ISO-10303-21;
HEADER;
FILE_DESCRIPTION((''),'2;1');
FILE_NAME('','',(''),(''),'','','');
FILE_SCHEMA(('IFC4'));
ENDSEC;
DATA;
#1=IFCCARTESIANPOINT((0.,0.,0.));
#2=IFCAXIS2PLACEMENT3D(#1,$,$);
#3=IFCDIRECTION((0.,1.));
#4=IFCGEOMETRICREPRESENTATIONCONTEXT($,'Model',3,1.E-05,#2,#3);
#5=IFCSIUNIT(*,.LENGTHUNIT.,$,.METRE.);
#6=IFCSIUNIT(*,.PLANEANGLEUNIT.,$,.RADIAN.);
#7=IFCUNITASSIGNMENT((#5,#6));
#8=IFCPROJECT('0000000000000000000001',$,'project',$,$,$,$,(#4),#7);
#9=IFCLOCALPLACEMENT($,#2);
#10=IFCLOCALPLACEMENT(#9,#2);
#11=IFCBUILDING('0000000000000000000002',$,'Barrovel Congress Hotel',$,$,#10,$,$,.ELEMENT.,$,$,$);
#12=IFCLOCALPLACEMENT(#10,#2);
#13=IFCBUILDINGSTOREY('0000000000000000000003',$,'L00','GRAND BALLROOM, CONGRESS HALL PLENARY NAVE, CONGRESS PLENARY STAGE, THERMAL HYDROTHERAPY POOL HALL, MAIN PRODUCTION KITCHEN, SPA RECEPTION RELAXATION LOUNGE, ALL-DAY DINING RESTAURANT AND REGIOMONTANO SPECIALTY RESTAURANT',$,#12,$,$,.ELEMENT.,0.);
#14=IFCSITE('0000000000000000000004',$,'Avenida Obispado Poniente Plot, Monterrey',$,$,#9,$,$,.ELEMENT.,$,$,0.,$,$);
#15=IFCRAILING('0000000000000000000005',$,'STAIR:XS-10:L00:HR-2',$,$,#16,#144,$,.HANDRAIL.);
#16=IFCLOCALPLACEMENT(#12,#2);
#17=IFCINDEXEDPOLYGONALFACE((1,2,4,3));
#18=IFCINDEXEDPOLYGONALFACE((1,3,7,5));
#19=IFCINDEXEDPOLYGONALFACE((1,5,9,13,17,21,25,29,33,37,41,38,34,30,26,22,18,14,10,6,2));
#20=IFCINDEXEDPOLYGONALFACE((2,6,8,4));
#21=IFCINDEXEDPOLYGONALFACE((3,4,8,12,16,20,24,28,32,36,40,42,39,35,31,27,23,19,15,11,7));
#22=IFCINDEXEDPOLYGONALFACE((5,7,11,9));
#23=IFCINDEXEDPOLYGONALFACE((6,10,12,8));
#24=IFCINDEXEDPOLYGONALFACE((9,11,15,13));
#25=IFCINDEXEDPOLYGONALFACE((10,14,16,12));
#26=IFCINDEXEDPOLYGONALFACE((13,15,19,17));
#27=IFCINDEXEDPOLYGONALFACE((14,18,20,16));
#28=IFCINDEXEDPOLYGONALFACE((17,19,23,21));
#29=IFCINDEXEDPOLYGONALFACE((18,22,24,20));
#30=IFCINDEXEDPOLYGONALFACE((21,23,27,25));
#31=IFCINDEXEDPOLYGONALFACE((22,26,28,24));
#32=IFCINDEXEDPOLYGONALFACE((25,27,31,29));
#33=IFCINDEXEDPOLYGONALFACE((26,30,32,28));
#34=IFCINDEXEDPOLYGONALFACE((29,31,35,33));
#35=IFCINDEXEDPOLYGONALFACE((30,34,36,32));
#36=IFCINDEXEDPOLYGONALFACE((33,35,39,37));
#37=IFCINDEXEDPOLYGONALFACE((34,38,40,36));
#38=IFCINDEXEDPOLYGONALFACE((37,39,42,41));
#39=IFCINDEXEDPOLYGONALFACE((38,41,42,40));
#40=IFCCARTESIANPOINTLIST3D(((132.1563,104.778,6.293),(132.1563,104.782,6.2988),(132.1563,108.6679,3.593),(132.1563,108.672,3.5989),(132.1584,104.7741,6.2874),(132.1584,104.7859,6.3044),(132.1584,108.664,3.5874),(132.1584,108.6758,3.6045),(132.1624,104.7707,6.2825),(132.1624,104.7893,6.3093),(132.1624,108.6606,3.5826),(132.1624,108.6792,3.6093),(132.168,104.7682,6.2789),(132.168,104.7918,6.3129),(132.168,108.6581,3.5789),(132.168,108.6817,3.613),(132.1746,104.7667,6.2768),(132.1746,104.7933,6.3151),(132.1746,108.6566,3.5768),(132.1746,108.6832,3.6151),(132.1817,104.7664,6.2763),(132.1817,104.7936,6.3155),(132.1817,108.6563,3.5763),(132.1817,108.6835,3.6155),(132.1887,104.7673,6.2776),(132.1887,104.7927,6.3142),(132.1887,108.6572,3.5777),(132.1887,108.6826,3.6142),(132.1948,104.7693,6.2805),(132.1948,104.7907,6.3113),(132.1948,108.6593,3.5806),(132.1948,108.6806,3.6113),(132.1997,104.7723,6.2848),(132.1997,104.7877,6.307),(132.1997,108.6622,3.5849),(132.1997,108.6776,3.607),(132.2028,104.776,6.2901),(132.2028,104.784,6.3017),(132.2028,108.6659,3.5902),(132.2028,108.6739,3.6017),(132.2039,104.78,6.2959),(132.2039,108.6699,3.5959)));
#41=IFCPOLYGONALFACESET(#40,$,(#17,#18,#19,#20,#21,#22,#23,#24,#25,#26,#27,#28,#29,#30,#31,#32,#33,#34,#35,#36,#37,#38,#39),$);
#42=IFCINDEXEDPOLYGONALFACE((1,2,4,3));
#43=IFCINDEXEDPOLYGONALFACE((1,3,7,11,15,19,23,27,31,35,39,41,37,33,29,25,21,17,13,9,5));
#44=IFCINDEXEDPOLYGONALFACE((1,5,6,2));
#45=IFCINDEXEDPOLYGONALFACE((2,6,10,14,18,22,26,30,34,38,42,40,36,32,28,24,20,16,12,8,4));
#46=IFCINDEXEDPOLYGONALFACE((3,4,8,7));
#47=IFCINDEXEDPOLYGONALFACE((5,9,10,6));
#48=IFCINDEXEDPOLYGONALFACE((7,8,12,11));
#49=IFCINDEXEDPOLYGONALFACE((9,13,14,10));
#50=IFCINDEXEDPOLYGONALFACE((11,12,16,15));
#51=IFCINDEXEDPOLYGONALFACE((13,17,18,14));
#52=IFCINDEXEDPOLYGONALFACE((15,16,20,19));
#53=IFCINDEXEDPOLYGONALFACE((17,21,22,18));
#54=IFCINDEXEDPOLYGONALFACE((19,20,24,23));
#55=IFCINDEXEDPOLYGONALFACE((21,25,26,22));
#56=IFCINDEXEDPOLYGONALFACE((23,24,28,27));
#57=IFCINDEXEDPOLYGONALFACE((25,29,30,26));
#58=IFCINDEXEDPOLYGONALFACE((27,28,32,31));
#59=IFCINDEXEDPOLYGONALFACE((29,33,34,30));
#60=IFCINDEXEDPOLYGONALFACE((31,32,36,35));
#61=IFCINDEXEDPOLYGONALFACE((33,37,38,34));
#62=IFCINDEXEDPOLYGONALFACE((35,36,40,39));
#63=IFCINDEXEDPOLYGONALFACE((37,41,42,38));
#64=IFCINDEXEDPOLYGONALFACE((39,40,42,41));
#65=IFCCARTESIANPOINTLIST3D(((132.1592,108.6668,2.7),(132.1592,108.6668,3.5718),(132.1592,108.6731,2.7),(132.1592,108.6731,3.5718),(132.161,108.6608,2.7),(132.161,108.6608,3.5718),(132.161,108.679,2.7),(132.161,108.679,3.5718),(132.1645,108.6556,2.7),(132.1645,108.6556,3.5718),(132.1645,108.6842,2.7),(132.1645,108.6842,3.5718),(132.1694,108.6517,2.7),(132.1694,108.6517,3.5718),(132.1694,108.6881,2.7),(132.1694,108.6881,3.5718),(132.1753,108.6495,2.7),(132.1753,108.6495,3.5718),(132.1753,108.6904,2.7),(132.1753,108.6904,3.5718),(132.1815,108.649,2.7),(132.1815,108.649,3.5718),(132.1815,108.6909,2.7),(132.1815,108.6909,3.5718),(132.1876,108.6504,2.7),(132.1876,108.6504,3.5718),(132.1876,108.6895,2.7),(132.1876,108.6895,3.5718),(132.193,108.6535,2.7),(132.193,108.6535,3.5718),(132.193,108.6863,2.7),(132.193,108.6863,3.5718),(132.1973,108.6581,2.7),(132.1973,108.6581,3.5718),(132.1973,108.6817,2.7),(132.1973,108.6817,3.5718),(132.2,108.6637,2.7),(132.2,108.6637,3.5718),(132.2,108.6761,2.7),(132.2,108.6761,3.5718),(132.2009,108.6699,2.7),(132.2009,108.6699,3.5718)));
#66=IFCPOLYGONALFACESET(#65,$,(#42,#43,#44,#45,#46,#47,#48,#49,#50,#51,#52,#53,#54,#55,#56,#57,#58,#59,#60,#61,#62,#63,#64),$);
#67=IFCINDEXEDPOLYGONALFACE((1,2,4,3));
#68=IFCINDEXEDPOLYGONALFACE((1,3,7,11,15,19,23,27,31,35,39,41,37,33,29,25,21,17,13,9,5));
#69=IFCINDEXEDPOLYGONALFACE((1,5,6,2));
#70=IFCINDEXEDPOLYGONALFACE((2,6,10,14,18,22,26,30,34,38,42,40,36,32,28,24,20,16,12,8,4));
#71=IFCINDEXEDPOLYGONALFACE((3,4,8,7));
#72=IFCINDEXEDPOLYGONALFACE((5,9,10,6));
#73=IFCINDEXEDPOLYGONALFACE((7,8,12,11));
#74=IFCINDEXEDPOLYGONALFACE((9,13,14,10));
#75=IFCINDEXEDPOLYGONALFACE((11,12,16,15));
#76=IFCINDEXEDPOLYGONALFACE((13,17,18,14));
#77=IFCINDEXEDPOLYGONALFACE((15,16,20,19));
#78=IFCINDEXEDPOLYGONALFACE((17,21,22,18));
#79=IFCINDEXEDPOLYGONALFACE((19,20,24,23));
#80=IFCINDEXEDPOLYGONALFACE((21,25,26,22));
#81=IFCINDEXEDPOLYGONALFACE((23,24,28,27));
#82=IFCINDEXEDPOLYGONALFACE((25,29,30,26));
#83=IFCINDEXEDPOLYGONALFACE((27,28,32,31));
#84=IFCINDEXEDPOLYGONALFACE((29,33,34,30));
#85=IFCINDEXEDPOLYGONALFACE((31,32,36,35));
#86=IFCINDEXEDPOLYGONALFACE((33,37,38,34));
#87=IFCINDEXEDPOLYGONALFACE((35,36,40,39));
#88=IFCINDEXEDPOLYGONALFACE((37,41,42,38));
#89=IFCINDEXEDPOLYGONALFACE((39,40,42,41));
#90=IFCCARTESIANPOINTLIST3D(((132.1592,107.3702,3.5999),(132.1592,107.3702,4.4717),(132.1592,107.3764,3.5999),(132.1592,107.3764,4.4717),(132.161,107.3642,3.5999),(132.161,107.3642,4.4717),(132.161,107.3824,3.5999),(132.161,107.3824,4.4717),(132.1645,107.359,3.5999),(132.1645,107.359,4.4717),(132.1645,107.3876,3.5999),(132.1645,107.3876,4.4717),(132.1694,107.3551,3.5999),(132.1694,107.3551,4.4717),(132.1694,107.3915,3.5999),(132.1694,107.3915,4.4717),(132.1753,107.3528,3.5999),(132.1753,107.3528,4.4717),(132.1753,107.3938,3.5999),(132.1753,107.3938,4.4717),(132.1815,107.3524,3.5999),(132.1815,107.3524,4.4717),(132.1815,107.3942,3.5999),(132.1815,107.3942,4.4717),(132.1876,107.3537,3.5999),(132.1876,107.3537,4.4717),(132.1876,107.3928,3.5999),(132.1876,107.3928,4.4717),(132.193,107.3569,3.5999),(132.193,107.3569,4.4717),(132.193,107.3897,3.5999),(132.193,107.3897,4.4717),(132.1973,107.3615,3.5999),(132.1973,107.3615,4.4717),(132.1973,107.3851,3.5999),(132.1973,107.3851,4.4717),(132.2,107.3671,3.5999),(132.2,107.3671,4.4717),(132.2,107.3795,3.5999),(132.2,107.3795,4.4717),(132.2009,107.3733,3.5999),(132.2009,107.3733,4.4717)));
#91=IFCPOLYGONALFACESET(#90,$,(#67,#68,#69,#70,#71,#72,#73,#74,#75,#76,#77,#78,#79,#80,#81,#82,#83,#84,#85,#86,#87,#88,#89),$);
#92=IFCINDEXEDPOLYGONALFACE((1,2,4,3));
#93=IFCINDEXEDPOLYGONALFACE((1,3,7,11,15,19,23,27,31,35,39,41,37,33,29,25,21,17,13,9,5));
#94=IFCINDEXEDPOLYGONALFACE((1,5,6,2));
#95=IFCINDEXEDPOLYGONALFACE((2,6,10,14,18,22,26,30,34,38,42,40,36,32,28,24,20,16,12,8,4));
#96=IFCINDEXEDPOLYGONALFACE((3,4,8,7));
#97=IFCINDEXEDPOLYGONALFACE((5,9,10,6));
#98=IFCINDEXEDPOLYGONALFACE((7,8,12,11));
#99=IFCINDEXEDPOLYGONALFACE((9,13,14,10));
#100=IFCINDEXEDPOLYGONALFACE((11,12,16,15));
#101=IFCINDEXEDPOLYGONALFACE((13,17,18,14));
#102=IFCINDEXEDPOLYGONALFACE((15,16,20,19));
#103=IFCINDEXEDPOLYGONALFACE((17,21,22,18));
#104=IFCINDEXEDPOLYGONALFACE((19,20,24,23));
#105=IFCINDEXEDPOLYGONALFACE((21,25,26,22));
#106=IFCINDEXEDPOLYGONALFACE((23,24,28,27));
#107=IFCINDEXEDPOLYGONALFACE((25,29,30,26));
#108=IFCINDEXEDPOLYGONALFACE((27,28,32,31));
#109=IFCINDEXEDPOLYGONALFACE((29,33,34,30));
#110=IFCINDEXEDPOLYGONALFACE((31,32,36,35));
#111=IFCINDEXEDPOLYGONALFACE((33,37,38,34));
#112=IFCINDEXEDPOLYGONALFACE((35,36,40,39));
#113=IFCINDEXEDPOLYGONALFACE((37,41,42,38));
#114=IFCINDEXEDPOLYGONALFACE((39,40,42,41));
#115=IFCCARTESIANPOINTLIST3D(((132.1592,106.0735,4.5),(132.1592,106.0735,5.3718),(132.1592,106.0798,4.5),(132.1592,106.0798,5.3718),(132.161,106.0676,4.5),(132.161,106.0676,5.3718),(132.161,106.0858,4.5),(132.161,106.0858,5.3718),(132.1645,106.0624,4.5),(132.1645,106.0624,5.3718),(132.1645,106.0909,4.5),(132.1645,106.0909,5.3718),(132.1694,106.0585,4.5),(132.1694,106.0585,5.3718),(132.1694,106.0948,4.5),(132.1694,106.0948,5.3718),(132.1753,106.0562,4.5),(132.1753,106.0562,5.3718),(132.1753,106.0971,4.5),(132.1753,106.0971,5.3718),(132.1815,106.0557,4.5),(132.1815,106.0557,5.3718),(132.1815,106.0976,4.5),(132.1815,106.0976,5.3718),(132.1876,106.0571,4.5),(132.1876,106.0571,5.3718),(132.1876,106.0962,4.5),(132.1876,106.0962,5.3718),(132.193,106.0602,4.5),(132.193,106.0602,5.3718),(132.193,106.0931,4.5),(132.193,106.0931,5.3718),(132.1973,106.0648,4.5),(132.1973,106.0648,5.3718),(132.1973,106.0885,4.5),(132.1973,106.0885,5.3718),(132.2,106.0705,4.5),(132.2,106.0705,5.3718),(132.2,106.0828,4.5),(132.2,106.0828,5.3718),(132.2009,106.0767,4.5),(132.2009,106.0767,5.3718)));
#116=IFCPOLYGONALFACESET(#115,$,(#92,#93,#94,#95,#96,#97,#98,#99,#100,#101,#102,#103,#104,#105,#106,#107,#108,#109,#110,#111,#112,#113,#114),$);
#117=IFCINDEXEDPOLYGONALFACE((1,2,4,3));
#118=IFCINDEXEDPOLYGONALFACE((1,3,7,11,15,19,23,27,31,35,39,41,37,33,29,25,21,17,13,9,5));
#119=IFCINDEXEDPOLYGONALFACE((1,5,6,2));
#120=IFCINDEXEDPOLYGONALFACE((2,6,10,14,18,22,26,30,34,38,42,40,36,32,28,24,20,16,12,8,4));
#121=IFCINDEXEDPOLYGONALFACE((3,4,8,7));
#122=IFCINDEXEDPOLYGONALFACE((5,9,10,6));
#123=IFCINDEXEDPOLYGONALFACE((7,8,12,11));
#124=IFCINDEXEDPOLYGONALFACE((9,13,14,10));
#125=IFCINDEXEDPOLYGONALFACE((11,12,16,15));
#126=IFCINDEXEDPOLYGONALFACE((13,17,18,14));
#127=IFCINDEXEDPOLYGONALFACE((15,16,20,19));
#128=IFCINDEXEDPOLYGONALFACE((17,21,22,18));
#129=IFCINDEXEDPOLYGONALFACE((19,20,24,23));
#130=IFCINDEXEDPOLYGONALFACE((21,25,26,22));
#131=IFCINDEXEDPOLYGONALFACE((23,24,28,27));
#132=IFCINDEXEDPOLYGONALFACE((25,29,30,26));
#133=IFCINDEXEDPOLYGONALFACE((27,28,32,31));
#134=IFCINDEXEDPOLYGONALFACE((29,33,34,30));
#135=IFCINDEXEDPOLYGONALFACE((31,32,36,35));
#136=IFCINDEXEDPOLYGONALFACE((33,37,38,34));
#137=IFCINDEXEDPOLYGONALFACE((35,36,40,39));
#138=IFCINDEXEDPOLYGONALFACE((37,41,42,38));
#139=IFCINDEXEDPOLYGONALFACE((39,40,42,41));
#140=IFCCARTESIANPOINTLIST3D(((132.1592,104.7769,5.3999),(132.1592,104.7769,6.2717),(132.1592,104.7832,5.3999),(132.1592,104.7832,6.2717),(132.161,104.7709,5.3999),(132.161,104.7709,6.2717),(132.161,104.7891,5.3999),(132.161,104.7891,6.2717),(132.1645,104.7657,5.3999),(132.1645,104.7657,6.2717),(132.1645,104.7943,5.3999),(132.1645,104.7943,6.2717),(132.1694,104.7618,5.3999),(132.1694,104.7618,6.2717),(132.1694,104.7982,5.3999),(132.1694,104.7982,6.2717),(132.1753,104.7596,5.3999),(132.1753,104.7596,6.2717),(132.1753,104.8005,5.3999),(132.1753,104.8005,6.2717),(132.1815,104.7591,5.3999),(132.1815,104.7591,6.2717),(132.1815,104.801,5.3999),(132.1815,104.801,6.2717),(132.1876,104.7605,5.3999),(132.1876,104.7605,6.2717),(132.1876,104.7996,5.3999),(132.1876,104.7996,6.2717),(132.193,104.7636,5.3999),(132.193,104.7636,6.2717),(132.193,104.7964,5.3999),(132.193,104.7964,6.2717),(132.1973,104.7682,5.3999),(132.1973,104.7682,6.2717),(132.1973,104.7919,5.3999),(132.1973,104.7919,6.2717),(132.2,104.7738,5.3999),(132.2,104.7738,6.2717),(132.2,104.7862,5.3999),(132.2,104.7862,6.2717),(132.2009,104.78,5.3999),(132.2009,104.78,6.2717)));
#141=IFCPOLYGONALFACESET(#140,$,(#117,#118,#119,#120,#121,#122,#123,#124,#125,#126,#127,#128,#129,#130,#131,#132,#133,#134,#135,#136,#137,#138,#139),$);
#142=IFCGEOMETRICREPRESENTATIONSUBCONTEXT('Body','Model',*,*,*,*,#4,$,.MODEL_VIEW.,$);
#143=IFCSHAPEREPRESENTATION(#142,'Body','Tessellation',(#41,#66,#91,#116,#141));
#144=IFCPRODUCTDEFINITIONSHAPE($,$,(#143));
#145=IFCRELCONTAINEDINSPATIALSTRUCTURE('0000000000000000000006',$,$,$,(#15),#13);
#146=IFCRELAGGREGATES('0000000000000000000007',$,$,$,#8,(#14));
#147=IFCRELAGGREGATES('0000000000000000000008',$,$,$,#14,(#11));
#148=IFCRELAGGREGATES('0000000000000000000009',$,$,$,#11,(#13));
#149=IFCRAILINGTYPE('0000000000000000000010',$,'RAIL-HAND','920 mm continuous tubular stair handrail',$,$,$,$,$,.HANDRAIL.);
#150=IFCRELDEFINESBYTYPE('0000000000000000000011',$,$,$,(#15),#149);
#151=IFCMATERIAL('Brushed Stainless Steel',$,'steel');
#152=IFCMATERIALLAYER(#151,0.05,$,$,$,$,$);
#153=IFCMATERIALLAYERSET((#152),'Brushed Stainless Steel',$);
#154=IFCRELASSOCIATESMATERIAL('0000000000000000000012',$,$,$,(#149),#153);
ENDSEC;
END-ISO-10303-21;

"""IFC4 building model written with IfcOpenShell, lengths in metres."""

from ifc_helpers import new_model, si_unit, direction, frame, origin, origin_2d, place, context, subcontext, project, spatial, circle, extrude, material, layer, layer_set, type_object, element, save


model = new_model("IFC4")

# Units and contexts
model_context = context("Model", 3, precision=1e-05, world=origin(), true_north=direction((0.0, 1.0)))
body_context = subcontext(model_context, "Body", "Model", "MODEL_VIEW")
ifc_project = project(units=[si_unit("LENGTHUNIT", "METRE"), si_unit("PLANEANGLEUNIT", "RADIAN")], contexts=[model_context])

# Site, building, storey
site_placement = place(None, origin())
site = spatial("IfcSite", under=ifc_project, at=site_placement, Name="Avenida Obispado Poniente Plot, Monterrey", CompositionType="ELEMENT", RefElevation=0.0)
building_placement = place(site_placement, origin())
building = spatial("IfcBuilding", under=site, at=building_placement, Name="Barrovel Congress Hotel", CompositionType="ELEMENT")
storey_placement = place(building_placement, origin())
storey = spatial("IfcBuildingStorey", under=building, at=storey_placement, Name="L00", Description="GRAND BALLROOM, CONGRESS HALL PLENARY NAVE, CONGRESS PLENARY STAGE, THERMAL HYDROTHERAPY POOL HALL, MAIN PRODUCTION KITCHEN, SPA RECEPTION RELAXATION LOUNGE, ALL-DAY DINING RESTAURANT AND REGIOMONTANO SPECIALTY RESTAURANT", CompositionType="ELEMENT", Elevation=0.0)

# Railing
ifc_material_1 = material(Name="Brushed Stainless Steel", Category="steel")
ifc_layer_1 = layer(ifc_material_1, 0.05)
ifc_layer_set_1 = layer_set([ifc_layer_1], Name="Brushed Stainless Steel")
railing_type = type_object("IfcRailingType", Name="RAIL-HAND", Description="920 mm continuous tubular stair handrail", PredefinedType="HANDRAIL", material=ifc_layer_set_1)
railing_placement = place(storey_placement, frame((132.1799, 108.6699, 2.7)))
element("IfcRailing", 1, at=railing_placement, inside=storey, type_object=railing_type, Name="STAIR:XS-10:L00:HR-2", PredefinedType="HANDRAIL", context=body_context, shape_type="SweptSolid", body=[
    extrude(circle(Radius=0.0239, at=origin_2d()), frame((0.0, 0.0, 0.896), z_axis=(0.0, -0.821505, 0.570202), x_axis=(1.0, 0.0, 0.0)), (0.0, 0.0, 1.0), 4.7351),
    extrude(circle(Radius=0.021, at=origin_2d()), origin(), (0.0, 0.0, 1.0), 0.8718),
    extrude(circle(Radius=0.021, at=origin_2d()), frame((0.0, -1.2966, 0.8999)), (0.0, 0.0, 1.0), 0.8718),
    extrude(circle(Radius=0.021, at=origin_2d()), frame((0.0, -2.5933, 1.8)), (0.0, 0.0, 1.0), 0.8718),
    extrude(circle(Radius=0.021, at=origin_2d()), frame((0.0, -3.8899, 2.7)), (0.0, 0.0, 1.0), 0.8718),
])

save(model, "model.ifc")
